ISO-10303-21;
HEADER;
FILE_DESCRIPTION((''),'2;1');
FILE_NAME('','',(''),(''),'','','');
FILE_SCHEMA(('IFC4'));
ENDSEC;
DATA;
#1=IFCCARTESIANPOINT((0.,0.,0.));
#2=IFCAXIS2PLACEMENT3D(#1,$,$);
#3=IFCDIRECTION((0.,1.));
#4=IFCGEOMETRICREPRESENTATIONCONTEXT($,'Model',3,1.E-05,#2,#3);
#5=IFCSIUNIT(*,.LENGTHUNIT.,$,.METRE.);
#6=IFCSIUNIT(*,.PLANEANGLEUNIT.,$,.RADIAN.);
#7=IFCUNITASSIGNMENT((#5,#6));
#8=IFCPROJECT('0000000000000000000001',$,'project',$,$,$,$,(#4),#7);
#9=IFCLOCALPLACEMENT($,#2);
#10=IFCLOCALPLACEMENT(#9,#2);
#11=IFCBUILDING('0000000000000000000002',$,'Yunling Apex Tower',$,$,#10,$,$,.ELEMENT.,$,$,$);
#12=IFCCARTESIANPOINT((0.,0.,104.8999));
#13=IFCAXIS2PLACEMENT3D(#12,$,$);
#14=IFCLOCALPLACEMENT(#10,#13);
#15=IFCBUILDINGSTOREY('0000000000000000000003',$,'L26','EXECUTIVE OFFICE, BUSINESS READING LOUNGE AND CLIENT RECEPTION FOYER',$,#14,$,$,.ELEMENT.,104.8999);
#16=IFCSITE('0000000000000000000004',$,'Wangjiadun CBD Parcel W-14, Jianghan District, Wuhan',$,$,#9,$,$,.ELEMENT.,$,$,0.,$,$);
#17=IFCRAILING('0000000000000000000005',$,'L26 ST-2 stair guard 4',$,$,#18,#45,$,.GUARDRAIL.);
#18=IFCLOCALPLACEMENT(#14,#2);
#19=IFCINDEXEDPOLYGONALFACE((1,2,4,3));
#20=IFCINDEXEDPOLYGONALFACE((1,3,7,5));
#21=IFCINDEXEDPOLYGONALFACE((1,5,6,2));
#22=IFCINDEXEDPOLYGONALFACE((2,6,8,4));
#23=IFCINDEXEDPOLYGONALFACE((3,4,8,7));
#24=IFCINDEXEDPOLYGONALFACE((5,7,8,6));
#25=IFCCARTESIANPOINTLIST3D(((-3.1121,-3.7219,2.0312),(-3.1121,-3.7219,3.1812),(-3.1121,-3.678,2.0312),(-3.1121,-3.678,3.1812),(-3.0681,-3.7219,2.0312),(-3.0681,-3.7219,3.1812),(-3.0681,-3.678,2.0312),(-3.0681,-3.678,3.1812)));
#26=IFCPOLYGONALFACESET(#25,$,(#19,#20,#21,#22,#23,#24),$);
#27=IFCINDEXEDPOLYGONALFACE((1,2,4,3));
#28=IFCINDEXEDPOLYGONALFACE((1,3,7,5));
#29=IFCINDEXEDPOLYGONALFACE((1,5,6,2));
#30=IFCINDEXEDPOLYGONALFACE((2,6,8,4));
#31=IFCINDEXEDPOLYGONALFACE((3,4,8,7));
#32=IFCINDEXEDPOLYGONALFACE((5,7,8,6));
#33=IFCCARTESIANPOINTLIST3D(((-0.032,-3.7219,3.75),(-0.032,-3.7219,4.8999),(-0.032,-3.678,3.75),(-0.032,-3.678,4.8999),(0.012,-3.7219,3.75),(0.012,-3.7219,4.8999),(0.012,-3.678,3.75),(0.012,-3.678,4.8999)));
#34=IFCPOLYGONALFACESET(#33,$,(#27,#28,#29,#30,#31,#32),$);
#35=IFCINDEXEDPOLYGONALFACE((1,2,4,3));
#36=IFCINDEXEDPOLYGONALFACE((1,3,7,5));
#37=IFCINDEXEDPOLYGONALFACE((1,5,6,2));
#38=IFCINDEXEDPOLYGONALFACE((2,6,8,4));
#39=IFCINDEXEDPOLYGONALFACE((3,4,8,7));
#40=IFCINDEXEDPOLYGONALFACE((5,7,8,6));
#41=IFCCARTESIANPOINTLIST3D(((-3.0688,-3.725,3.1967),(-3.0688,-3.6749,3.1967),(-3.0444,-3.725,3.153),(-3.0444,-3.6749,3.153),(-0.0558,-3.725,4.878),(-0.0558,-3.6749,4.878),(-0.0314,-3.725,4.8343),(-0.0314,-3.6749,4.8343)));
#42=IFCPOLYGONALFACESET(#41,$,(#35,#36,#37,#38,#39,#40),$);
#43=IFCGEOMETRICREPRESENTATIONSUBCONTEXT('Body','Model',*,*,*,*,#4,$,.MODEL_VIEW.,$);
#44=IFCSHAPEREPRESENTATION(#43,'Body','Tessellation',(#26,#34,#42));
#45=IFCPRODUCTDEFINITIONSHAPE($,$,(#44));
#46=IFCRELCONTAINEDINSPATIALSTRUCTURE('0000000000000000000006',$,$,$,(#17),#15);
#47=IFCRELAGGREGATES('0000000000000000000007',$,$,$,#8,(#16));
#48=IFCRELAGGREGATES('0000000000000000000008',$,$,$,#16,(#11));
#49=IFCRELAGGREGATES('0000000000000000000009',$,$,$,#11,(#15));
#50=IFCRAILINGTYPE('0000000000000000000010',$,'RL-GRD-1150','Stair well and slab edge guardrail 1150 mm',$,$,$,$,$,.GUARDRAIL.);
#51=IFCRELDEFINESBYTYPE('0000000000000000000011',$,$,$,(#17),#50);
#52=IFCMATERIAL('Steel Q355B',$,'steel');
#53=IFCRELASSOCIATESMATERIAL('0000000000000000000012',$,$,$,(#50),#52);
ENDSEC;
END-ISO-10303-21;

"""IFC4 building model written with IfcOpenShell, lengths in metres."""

from ifc_helpers import new_model, si_unit, direction, frame, origin, origin_2d, place, context, subcontext, project, spatial, rectangle, extrude, material, type_object, element, save


model = new_model("IFC4")

# Units and contexts
model_context = context("Model", 3, precision=1e-05, world=origin(), true_north=direction((0.0, 1.0)))
body_context = subcontext(model_context, "Body", "Model", "MODEL_VIEW")
ifc_project = project(units=[si_unit("LENGTHUNIT", "METRE"), si_unit("PLANEANGLEUNIT", "RADIAN")], contexts=[model_context])

# Site, building, storey
site_placement = place(None, origin())
site = spatial("IfcSite", under=ifc_project, at=site_placement, Name="Wangjiadun CBD Parcel W-14, Jianghan District, Wuhan", CompositionType="ELEMENT", RefElevation=0.0)
building_placement = place(site_placement, origin())
building = spatial("IfcBuilding", under=site, at=building_placement, Name="Yunling Apex Tower", CompositionType="ELEMENT")
storey_placement = place(building_placement, frame((0.0, 0.0, 104.8999)))
storey = spatial("IfcBuildingStorey", under=building, at=storey_placement, Name="L26", Description="EXECUTIVE OFFICE, BUSINESS READING LOUNGE AND CLIENT RECEPTION FOYER", CompositionType="ELEMENT", Elevation=104.8999)

# Shared definitions
ifc_material_1 = material(Name="Steel Q355B", Category="steel")

# Railing
railing_type = type_object("IfcRailingType", Name="RL-GRD-1150", Description="Stair well and slab edge guardrail 1150 mm", PredefinedType="GUARDRAIL", material=ifc_material_1)
railing_1_placement = place(storey_placement, frame((-3.0901, -3.7, 2.0312)))
element("IfcRailing", 1, at=railing_1_placement, inside=storey, type_object=railing_type, Name="L26 ST-2 stair guard 4", PredefinedType="GUARDRAIL", context=body_context, shape_type="SweptSolid", body=[
    extrude(rectangle(XDim=0.0439, YDim=0.0439, at=origin_2d()), origin(), (0.0, 0.0, 1.0), 1.1499),
    extrude(rectangle(XDim=0.0439, YDim=0.0439, at=origin_2d()), frame((3.0801, 0.0, 1.7188)), (0.0, 0.0, 1.0), 1.1499),
    extrude(rectangle(XDim=0.05, YDim=0.05, at=origin_2d()), frame((0.0334, 0.0, 1.1436), z_axis=(0.873242, 0.0, 0.487288), x_axis=(0.0, 1.0, 0.0)), (0.0, 0.0, 1.0), 3.4504),
])

save(model, "model.ifc")
